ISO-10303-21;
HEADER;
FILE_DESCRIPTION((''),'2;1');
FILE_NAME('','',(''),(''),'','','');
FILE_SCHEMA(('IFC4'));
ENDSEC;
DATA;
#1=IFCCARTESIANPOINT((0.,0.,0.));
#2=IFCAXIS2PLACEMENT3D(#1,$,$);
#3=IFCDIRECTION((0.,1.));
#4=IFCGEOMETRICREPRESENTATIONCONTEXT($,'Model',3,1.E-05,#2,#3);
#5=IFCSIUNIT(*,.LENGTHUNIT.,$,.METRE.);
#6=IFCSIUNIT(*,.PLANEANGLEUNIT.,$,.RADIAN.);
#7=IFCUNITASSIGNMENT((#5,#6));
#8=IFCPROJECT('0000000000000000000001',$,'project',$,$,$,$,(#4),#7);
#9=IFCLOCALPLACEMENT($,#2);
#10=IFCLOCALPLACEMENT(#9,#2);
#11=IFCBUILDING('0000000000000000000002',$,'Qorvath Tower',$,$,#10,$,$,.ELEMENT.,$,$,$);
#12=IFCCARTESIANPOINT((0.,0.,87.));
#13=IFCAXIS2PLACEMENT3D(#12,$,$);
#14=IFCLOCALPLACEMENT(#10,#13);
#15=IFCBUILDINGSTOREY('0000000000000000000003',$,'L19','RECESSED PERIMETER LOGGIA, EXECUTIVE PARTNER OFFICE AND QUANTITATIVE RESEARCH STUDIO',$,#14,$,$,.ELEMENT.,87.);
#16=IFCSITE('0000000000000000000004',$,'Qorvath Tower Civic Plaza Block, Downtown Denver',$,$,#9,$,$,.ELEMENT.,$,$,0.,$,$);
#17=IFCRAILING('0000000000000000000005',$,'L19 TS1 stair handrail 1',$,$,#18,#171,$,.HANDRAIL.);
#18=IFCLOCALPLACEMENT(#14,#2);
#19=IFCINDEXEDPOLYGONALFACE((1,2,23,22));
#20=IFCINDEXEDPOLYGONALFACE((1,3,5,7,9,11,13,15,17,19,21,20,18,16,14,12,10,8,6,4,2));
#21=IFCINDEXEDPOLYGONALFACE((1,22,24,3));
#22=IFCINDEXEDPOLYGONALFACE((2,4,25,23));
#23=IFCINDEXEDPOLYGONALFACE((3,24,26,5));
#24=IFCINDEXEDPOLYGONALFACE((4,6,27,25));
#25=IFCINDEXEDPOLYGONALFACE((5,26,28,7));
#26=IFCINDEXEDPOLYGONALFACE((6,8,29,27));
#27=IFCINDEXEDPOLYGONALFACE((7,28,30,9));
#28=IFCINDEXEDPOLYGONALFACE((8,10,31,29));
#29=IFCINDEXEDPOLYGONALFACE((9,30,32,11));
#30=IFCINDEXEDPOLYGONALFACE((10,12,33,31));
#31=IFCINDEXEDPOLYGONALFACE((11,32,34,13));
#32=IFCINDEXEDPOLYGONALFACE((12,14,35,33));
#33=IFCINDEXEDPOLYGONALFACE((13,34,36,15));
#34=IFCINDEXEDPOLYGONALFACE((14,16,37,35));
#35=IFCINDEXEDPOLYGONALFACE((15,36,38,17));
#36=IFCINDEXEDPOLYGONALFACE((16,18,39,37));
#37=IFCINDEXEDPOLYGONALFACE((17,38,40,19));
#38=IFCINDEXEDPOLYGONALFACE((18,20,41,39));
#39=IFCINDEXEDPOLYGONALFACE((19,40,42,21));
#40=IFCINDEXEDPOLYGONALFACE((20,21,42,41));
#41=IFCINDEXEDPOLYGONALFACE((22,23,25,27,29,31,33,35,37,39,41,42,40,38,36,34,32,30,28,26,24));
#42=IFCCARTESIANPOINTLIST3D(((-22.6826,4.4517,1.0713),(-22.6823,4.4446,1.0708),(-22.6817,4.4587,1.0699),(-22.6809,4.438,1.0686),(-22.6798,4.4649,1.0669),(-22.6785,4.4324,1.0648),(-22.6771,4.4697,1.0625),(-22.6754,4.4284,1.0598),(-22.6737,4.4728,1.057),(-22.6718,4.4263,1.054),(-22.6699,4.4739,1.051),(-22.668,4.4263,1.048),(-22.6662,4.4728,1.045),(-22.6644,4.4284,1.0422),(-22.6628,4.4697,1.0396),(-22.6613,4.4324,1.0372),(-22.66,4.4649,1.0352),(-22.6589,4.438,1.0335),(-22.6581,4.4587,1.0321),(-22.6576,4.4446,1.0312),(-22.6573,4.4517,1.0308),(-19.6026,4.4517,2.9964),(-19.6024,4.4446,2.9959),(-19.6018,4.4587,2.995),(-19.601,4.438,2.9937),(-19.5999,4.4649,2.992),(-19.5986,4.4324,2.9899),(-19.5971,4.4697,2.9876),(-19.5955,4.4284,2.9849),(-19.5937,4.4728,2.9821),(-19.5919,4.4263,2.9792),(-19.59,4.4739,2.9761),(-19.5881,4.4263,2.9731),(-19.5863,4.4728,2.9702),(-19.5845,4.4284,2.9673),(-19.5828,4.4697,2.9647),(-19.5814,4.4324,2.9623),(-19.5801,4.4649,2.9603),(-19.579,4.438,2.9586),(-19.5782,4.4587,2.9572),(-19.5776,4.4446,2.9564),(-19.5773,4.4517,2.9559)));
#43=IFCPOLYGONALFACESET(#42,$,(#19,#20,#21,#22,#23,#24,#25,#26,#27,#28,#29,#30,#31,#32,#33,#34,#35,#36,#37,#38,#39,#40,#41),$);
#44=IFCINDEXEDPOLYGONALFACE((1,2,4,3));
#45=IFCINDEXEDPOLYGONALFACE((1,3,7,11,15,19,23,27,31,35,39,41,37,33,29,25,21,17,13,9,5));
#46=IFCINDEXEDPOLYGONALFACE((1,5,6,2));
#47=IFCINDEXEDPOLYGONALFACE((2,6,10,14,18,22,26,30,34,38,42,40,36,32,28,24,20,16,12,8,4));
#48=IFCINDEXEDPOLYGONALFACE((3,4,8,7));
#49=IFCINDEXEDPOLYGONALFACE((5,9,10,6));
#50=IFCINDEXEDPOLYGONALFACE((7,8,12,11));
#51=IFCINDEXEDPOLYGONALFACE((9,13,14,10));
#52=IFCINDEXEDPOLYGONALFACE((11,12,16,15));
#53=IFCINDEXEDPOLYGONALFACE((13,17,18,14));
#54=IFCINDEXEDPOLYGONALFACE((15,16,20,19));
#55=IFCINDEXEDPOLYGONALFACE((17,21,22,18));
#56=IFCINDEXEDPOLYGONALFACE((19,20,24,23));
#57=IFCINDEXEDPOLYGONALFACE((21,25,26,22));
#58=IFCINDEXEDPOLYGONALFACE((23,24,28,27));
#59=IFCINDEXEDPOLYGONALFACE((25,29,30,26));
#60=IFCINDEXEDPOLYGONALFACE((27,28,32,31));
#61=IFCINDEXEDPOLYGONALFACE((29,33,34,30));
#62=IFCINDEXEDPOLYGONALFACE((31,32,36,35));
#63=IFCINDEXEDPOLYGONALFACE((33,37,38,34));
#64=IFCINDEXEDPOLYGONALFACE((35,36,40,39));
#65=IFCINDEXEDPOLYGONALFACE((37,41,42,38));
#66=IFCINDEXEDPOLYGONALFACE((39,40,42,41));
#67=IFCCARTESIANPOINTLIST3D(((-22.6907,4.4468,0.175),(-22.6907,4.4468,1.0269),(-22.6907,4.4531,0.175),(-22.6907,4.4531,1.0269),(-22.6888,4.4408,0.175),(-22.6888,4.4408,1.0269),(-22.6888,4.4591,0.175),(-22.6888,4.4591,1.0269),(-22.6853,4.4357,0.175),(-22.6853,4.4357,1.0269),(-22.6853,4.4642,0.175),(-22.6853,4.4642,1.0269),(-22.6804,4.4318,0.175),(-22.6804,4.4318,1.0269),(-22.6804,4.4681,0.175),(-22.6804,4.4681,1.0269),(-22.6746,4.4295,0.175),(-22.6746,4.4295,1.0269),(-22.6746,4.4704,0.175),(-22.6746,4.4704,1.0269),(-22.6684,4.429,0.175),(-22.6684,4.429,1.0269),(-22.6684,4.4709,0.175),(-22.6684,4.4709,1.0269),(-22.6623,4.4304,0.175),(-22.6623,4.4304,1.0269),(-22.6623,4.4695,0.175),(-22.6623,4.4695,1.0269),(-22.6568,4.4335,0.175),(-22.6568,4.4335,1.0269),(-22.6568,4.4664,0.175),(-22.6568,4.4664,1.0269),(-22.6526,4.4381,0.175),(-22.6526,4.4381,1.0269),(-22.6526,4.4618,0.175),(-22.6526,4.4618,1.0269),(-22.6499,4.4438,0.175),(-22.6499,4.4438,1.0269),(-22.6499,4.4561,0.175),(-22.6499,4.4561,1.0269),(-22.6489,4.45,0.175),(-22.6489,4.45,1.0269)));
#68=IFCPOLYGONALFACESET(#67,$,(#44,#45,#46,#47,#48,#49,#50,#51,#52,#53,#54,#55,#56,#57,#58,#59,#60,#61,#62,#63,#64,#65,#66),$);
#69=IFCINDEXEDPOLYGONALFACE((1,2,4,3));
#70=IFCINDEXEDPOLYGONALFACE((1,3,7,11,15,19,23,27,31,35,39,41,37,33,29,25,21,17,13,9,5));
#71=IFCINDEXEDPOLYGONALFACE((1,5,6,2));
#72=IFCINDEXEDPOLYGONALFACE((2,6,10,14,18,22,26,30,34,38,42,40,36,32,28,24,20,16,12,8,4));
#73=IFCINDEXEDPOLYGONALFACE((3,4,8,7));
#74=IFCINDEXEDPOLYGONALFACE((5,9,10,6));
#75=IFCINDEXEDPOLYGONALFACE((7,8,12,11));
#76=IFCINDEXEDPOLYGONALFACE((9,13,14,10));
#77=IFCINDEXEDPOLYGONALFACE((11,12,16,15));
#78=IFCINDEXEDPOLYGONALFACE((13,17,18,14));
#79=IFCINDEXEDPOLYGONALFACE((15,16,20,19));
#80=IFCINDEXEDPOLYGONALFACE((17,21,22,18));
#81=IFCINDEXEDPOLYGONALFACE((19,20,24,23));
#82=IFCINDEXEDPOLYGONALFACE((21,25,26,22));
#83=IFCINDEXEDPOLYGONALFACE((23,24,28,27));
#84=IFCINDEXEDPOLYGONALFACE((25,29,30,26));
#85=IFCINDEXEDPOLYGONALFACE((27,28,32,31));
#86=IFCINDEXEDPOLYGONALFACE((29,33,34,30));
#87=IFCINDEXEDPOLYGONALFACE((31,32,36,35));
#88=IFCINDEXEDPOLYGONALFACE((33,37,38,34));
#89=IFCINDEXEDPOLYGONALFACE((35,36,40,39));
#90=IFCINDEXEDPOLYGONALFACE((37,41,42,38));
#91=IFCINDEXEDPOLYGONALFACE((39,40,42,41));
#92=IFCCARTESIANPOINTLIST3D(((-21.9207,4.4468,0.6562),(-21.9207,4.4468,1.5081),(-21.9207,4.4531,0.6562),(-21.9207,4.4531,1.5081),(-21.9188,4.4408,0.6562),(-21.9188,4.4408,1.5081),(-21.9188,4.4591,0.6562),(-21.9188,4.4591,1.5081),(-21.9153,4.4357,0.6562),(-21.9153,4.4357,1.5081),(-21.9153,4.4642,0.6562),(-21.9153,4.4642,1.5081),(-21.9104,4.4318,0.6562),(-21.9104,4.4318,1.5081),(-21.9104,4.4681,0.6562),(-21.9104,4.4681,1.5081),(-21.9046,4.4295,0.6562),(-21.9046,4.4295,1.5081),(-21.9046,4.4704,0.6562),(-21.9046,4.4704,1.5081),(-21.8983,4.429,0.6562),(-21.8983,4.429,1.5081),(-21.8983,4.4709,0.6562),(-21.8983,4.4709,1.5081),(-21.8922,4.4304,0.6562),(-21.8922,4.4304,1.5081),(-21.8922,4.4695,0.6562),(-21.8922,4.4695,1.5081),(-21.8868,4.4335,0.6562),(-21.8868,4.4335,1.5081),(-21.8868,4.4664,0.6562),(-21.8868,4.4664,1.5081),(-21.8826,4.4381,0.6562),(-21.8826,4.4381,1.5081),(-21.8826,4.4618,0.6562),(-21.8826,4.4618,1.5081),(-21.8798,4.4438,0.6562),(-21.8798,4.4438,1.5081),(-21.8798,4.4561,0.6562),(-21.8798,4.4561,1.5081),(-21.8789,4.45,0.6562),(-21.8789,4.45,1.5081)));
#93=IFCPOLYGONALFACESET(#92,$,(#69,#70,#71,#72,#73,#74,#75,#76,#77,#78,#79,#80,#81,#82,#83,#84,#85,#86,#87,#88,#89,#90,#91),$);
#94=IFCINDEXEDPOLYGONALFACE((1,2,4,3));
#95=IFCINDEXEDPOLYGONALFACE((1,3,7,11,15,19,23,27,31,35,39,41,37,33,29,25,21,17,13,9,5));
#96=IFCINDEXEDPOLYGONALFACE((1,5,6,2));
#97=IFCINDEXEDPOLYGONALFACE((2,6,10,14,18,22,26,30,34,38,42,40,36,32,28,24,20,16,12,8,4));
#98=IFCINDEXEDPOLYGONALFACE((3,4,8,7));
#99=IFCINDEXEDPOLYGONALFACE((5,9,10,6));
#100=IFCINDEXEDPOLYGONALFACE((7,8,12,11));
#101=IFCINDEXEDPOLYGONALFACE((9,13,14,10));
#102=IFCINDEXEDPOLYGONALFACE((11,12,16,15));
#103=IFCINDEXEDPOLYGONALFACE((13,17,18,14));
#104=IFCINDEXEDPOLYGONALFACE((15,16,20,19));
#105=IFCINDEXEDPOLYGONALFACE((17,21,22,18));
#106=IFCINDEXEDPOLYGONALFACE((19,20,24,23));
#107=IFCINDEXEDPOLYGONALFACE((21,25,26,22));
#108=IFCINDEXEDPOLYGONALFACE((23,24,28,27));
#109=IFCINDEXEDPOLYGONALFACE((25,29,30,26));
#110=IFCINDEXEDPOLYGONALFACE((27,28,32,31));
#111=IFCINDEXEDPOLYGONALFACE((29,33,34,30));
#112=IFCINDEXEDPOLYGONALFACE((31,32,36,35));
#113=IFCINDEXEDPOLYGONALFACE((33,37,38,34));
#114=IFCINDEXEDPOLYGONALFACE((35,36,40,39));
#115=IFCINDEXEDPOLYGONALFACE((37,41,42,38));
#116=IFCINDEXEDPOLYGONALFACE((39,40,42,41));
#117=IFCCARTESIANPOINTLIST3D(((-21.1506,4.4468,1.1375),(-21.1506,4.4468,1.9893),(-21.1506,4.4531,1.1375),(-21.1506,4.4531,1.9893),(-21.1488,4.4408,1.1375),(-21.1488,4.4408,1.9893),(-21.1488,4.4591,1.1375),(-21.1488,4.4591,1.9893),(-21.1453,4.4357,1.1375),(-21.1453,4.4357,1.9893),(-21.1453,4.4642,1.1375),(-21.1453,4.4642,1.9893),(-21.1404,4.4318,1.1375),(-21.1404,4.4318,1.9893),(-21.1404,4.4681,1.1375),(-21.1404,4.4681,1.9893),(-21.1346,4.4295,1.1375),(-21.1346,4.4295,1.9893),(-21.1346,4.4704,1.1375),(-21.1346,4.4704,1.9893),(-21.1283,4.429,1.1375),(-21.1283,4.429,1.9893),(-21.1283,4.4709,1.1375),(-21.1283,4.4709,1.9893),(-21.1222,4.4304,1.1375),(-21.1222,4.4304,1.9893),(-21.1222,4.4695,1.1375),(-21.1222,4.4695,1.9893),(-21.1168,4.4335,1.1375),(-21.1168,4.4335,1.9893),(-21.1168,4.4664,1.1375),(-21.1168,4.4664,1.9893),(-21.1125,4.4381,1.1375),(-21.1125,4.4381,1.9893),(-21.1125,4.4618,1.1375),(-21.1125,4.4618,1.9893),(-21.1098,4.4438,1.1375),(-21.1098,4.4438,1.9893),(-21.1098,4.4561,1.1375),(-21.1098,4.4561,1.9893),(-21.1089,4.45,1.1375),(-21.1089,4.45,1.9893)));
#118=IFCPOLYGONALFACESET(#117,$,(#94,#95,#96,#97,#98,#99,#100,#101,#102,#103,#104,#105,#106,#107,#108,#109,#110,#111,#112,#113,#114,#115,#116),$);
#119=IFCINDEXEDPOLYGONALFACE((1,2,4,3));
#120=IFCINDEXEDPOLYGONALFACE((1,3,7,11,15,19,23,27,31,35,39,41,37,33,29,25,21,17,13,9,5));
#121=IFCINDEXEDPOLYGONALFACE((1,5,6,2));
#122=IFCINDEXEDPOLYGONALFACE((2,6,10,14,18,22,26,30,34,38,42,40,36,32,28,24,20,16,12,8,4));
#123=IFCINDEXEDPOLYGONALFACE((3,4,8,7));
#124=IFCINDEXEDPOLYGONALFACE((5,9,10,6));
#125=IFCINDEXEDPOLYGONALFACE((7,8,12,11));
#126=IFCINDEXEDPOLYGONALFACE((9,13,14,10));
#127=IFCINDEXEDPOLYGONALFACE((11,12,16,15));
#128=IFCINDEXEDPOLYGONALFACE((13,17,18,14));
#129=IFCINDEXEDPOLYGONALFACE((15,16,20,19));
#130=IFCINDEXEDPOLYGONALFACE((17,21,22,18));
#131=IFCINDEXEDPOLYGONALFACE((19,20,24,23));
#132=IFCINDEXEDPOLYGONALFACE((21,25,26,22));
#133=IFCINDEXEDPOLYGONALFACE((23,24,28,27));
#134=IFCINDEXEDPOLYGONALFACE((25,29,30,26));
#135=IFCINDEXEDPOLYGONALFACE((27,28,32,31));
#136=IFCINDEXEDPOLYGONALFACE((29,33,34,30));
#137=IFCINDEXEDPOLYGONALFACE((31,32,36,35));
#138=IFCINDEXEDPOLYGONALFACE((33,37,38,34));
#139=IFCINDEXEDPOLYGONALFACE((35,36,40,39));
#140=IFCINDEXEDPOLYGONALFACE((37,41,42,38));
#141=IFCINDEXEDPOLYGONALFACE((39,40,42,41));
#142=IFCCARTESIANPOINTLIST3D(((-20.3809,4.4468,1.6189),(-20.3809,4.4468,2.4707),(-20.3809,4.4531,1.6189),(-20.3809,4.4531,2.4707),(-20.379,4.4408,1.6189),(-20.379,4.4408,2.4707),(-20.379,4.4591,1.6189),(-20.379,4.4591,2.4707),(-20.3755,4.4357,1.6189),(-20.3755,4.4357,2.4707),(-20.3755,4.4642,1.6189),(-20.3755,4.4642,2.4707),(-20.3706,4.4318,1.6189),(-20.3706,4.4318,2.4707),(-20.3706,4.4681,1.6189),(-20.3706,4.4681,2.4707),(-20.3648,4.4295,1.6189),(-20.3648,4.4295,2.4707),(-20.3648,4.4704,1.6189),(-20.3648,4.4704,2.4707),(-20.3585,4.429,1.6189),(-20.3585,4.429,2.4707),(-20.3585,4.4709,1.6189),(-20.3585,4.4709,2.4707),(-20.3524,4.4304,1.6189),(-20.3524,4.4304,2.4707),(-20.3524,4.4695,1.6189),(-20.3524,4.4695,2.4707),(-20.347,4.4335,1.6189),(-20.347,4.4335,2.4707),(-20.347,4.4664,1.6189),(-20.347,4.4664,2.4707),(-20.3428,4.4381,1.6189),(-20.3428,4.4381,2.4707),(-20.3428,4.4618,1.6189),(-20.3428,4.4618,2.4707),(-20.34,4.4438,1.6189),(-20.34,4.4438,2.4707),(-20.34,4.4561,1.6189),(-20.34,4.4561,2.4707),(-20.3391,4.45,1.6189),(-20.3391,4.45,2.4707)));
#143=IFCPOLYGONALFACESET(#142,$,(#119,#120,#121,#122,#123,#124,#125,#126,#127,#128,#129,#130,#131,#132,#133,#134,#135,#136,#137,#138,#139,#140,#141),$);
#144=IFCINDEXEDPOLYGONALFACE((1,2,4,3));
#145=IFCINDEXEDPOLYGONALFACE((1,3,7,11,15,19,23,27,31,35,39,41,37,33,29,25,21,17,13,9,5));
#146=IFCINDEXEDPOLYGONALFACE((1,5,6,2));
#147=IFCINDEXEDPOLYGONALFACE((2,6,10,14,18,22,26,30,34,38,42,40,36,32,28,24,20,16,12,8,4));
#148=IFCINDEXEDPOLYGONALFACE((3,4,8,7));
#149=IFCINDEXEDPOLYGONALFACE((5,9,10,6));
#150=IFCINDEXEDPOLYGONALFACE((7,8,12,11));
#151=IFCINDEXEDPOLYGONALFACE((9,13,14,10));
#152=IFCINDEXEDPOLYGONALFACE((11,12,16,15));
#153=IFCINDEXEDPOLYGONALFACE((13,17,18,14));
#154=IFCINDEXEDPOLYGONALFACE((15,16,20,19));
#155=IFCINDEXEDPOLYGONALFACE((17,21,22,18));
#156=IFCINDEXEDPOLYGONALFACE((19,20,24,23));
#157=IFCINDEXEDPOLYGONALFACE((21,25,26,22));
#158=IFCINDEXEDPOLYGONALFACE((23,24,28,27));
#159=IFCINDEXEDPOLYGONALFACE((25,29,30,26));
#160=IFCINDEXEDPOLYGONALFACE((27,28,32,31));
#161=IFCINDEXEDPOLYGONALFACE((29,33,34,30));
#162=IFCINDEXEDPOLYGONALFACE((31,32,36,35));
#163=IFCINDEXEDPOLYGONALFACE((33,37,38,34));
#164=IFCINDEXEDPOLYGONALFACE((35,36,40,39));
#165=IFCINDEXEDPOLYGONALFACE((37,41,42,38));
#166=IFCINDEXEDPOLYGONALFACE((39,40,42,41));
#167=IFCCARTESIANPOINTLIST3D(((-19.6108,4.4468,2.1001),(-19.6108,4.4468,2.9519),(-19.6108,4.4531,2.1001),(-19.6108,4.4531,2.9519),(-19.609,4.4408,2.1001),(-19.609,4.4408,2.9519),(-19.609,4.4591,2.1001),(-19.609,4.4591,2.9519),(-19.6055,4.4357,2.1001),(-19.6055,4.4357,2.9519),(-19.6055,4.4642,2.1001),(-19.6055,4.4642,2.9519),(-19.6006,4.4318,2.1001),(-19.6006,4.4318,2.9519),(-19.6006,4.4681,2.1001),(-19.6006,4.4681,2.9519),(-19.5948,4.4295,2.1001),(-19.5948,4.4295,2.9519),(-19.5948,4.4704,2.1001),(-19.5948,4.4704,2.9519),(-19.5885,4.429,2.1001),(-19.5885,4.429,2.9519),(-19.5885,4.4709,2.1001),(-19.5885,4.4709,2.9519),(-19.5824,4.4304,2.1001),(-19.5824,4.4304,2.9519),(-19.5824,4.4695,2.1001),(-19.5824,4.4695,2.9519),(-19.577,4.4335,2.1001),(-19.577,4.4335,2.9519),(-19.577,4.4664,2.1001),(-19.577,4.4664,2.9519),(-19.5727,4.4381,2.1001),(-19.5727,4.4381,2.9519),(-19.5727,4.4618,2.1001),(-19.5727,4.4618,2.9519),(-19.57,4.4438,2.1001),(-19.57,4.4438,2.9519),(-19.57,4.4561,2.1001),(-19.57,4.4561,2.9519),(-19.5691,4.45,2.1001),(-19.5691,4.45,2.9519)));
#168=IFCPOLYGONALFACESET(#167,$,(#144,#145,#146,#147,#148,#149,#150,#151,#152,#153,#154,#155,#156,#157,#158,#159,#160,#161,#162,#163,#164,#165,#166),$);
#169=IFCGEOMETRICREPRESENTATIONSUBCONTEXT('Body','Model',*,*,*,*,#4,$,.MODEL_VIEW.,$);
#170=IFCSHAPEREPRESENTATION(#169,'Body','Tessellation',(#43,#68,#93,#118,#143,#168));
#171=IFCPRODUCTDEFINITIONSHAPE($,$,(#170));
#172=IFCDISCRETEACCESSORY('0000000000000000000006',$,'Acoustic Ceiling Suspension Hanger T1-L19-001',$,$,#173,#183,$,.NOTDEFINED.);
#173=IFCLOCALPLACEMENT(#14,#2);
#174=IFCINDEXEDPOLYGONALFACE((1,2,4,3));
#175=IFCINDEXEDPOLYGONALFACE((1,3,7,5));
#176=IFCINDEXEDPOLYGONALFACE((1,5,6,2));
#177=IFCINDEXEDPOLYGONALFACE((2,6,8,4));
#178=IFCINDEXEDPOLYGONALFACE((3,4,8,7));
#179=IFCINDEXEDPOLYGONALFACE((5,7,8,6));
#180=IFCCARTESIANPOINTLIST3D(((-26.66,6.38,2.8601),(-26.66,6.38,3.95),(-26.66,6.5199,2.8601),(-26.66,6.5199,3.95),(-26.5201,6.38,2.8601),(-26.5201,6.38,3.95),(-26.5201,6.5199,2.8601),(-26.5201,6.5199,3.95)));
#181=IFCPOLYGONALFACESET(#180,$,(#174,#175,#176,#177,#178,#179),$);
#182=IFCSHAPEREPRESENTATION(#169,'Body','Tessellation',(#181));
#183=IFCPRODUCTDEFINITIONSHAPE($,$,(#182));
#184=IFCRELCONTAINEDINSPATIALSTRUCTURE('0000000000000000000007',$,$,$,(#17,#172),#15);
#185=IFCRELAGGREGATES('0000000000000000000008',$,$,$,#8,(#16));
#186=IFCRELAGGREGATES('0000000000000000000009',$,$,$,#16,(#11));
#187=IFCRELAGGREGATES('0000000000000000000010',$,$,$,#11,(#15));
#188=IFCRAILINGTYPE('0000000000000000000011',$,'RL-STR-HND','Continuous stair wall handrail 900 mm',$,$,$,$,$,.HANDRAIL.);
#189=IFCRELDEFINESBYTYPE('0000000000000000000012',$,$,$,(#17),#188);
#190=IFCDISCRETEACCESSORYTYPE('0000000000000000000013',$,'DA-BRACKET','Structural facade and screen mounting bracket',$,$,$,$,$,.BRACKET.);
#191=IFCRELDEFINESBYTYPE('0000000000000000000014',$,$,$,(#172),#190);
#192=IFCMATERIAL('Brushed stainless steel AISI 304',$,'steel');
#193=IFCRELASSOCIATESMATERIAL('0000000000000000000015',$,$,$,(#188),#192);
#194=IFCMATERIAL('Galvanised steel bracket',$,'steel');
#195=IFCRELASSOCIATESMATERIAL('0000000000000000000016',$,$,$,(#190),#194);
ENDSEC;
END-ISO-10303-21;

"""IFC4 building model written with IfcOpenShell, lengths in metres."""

from ifc_helpers import new_model, si_unit, direction, frame, origin, origin_2d, place, context, subcontext, project, spatial, rectangle, circle, extrude, material, type_object, element, save


model = new_model("IFC4")

# Units and contexts
model_context = context("Model", 3, precision=1e-05, world=origin(), true_north=direction((0.0, 1.0)))
body_context = subcontext(model_context, "Body", "Model", "MODEL_VIEW")
ifc_project = project(units=[si_unit("LENGTHUNIT", "METRE"), si_unit("PLANEANGLEUNIT", "RADIAN")], contexts=[model_context])

# Site, building, storey
site_placement = place(None, origin())
site = spatial("IfcSite", under=ifc_project, at=site_placement, Name="Qorvath Tower Civic Plaza Block, Downtown Denver", CompositionType="ELEMENT", RefElevation=0.0)
building_placement = place(site_placement, origin())
building = spatial("IfcBuilding", under=site, at=building_placement, Name="Qorvath Tower", CompositionType="ELEMENT")
storey_placement = place(building_placement, frame((0.0, 0.0, 87.0)))
storey = spatial("IfcBuildingStorey", under=building, at=storey_placement, Name="L19", Description="RECESSED PERIMETER LOGGIA, EXECUTIVE PARTNER OFFICE AND QUANTITATIVE RESEARCH STUDIO", CompositionType="ELEMENT", Elevation=87.0)

# Railing
ifc_material_1 = material(Name="Brushed stainless steel AISI 304", Category="steel")
railing_type_1 = type_object("IfcRailingType", Name="RL-STR-HND", Description="Continuous stair wall handrail 900 mm", PredefinedType="HANDRAIL", material=ifc_material_1)
railing_1_placement = place(storey_placement, frame((-22.6699, 4.45, 0.175)))
element("IfcRailing", 1, at=railing_1_placement, inside=storey, type_object=railing_type_1, Name="L19 TS1 stair handrail 1", PredefinedType="HANDRAIL", context=body_context, shape_type="SweptSolid", body=[
    extrude(circle(Radius=0.0239, at=origin_2d()), frame((0.0, 0.0, 0.876), z_axis=(0.847979, 0.0, 0.530029), x_axis=(0.0, 1.0, 0.0)), (0.0, 0.0, 1.0), 3.6321),
    extrude(circle(Radius=0.021, at=origin_2d()), origin(), (0.0, 0.0, 1.0), 0.8518),
    extrude(circle(Radius=0.021, at=origin_2d()), frame((0.77, 0.0, 0.4812)), (0.0, 0.0, 1.0), 0.8518),
    extrude(circle(Radius=0.021, at=origin_2d()), frame((1.54, 0.0, 0.9624)), (0.0, 0.0, 1.0), 0.8518),
    extrude(circle(Radius=0.021, at=origin_2d()), frame((2.3098, 0.0, 1.4438)), (0.0, 0.0, 1.0), 0.8518),
    extrude(circle(Radius=0.021, at=origin_2d()), frame((3.0798, 0.0, 1.925)), (0.0, 0.0, 1.0), 0.8518),
])

# Discrete accessory
ifc_material_2 = material(Name="Galvanised steel bracket", Category="steel")
discrete_accessory_type = type_object("IfcDiscreteAccessoryType", Name="DA-BRACKET", Description="Structural facade and screen mounting bracket", PredefinedType="BRACKET", material=ifc_material_2)
discrete_accessory_placement = place(storey_placement, frame((-26.5901, 6.45, 2.8601), z_axis=(0.0, 0.0, 1.0), x_axis=(1.0, 0.0, 0.0)))
element("IfcDiscreteAccessory", 2, at=discrete_accessory_placement, inside=storey, type_object=discrete_accessory_type, Name="Acoustic Ceiling Suspension Hanger T1-L19-001", PredefinedType="NOTDEFINED", context=body_context, shape_type="SweptSolid", body=[
    extrude(rectangle(XDim=0.1399, YDim=0.1399, at=origin_2d()), origin(), (0.0, 0.0, 1.0), 1.0898),
])

save(model, "model.ifc")
